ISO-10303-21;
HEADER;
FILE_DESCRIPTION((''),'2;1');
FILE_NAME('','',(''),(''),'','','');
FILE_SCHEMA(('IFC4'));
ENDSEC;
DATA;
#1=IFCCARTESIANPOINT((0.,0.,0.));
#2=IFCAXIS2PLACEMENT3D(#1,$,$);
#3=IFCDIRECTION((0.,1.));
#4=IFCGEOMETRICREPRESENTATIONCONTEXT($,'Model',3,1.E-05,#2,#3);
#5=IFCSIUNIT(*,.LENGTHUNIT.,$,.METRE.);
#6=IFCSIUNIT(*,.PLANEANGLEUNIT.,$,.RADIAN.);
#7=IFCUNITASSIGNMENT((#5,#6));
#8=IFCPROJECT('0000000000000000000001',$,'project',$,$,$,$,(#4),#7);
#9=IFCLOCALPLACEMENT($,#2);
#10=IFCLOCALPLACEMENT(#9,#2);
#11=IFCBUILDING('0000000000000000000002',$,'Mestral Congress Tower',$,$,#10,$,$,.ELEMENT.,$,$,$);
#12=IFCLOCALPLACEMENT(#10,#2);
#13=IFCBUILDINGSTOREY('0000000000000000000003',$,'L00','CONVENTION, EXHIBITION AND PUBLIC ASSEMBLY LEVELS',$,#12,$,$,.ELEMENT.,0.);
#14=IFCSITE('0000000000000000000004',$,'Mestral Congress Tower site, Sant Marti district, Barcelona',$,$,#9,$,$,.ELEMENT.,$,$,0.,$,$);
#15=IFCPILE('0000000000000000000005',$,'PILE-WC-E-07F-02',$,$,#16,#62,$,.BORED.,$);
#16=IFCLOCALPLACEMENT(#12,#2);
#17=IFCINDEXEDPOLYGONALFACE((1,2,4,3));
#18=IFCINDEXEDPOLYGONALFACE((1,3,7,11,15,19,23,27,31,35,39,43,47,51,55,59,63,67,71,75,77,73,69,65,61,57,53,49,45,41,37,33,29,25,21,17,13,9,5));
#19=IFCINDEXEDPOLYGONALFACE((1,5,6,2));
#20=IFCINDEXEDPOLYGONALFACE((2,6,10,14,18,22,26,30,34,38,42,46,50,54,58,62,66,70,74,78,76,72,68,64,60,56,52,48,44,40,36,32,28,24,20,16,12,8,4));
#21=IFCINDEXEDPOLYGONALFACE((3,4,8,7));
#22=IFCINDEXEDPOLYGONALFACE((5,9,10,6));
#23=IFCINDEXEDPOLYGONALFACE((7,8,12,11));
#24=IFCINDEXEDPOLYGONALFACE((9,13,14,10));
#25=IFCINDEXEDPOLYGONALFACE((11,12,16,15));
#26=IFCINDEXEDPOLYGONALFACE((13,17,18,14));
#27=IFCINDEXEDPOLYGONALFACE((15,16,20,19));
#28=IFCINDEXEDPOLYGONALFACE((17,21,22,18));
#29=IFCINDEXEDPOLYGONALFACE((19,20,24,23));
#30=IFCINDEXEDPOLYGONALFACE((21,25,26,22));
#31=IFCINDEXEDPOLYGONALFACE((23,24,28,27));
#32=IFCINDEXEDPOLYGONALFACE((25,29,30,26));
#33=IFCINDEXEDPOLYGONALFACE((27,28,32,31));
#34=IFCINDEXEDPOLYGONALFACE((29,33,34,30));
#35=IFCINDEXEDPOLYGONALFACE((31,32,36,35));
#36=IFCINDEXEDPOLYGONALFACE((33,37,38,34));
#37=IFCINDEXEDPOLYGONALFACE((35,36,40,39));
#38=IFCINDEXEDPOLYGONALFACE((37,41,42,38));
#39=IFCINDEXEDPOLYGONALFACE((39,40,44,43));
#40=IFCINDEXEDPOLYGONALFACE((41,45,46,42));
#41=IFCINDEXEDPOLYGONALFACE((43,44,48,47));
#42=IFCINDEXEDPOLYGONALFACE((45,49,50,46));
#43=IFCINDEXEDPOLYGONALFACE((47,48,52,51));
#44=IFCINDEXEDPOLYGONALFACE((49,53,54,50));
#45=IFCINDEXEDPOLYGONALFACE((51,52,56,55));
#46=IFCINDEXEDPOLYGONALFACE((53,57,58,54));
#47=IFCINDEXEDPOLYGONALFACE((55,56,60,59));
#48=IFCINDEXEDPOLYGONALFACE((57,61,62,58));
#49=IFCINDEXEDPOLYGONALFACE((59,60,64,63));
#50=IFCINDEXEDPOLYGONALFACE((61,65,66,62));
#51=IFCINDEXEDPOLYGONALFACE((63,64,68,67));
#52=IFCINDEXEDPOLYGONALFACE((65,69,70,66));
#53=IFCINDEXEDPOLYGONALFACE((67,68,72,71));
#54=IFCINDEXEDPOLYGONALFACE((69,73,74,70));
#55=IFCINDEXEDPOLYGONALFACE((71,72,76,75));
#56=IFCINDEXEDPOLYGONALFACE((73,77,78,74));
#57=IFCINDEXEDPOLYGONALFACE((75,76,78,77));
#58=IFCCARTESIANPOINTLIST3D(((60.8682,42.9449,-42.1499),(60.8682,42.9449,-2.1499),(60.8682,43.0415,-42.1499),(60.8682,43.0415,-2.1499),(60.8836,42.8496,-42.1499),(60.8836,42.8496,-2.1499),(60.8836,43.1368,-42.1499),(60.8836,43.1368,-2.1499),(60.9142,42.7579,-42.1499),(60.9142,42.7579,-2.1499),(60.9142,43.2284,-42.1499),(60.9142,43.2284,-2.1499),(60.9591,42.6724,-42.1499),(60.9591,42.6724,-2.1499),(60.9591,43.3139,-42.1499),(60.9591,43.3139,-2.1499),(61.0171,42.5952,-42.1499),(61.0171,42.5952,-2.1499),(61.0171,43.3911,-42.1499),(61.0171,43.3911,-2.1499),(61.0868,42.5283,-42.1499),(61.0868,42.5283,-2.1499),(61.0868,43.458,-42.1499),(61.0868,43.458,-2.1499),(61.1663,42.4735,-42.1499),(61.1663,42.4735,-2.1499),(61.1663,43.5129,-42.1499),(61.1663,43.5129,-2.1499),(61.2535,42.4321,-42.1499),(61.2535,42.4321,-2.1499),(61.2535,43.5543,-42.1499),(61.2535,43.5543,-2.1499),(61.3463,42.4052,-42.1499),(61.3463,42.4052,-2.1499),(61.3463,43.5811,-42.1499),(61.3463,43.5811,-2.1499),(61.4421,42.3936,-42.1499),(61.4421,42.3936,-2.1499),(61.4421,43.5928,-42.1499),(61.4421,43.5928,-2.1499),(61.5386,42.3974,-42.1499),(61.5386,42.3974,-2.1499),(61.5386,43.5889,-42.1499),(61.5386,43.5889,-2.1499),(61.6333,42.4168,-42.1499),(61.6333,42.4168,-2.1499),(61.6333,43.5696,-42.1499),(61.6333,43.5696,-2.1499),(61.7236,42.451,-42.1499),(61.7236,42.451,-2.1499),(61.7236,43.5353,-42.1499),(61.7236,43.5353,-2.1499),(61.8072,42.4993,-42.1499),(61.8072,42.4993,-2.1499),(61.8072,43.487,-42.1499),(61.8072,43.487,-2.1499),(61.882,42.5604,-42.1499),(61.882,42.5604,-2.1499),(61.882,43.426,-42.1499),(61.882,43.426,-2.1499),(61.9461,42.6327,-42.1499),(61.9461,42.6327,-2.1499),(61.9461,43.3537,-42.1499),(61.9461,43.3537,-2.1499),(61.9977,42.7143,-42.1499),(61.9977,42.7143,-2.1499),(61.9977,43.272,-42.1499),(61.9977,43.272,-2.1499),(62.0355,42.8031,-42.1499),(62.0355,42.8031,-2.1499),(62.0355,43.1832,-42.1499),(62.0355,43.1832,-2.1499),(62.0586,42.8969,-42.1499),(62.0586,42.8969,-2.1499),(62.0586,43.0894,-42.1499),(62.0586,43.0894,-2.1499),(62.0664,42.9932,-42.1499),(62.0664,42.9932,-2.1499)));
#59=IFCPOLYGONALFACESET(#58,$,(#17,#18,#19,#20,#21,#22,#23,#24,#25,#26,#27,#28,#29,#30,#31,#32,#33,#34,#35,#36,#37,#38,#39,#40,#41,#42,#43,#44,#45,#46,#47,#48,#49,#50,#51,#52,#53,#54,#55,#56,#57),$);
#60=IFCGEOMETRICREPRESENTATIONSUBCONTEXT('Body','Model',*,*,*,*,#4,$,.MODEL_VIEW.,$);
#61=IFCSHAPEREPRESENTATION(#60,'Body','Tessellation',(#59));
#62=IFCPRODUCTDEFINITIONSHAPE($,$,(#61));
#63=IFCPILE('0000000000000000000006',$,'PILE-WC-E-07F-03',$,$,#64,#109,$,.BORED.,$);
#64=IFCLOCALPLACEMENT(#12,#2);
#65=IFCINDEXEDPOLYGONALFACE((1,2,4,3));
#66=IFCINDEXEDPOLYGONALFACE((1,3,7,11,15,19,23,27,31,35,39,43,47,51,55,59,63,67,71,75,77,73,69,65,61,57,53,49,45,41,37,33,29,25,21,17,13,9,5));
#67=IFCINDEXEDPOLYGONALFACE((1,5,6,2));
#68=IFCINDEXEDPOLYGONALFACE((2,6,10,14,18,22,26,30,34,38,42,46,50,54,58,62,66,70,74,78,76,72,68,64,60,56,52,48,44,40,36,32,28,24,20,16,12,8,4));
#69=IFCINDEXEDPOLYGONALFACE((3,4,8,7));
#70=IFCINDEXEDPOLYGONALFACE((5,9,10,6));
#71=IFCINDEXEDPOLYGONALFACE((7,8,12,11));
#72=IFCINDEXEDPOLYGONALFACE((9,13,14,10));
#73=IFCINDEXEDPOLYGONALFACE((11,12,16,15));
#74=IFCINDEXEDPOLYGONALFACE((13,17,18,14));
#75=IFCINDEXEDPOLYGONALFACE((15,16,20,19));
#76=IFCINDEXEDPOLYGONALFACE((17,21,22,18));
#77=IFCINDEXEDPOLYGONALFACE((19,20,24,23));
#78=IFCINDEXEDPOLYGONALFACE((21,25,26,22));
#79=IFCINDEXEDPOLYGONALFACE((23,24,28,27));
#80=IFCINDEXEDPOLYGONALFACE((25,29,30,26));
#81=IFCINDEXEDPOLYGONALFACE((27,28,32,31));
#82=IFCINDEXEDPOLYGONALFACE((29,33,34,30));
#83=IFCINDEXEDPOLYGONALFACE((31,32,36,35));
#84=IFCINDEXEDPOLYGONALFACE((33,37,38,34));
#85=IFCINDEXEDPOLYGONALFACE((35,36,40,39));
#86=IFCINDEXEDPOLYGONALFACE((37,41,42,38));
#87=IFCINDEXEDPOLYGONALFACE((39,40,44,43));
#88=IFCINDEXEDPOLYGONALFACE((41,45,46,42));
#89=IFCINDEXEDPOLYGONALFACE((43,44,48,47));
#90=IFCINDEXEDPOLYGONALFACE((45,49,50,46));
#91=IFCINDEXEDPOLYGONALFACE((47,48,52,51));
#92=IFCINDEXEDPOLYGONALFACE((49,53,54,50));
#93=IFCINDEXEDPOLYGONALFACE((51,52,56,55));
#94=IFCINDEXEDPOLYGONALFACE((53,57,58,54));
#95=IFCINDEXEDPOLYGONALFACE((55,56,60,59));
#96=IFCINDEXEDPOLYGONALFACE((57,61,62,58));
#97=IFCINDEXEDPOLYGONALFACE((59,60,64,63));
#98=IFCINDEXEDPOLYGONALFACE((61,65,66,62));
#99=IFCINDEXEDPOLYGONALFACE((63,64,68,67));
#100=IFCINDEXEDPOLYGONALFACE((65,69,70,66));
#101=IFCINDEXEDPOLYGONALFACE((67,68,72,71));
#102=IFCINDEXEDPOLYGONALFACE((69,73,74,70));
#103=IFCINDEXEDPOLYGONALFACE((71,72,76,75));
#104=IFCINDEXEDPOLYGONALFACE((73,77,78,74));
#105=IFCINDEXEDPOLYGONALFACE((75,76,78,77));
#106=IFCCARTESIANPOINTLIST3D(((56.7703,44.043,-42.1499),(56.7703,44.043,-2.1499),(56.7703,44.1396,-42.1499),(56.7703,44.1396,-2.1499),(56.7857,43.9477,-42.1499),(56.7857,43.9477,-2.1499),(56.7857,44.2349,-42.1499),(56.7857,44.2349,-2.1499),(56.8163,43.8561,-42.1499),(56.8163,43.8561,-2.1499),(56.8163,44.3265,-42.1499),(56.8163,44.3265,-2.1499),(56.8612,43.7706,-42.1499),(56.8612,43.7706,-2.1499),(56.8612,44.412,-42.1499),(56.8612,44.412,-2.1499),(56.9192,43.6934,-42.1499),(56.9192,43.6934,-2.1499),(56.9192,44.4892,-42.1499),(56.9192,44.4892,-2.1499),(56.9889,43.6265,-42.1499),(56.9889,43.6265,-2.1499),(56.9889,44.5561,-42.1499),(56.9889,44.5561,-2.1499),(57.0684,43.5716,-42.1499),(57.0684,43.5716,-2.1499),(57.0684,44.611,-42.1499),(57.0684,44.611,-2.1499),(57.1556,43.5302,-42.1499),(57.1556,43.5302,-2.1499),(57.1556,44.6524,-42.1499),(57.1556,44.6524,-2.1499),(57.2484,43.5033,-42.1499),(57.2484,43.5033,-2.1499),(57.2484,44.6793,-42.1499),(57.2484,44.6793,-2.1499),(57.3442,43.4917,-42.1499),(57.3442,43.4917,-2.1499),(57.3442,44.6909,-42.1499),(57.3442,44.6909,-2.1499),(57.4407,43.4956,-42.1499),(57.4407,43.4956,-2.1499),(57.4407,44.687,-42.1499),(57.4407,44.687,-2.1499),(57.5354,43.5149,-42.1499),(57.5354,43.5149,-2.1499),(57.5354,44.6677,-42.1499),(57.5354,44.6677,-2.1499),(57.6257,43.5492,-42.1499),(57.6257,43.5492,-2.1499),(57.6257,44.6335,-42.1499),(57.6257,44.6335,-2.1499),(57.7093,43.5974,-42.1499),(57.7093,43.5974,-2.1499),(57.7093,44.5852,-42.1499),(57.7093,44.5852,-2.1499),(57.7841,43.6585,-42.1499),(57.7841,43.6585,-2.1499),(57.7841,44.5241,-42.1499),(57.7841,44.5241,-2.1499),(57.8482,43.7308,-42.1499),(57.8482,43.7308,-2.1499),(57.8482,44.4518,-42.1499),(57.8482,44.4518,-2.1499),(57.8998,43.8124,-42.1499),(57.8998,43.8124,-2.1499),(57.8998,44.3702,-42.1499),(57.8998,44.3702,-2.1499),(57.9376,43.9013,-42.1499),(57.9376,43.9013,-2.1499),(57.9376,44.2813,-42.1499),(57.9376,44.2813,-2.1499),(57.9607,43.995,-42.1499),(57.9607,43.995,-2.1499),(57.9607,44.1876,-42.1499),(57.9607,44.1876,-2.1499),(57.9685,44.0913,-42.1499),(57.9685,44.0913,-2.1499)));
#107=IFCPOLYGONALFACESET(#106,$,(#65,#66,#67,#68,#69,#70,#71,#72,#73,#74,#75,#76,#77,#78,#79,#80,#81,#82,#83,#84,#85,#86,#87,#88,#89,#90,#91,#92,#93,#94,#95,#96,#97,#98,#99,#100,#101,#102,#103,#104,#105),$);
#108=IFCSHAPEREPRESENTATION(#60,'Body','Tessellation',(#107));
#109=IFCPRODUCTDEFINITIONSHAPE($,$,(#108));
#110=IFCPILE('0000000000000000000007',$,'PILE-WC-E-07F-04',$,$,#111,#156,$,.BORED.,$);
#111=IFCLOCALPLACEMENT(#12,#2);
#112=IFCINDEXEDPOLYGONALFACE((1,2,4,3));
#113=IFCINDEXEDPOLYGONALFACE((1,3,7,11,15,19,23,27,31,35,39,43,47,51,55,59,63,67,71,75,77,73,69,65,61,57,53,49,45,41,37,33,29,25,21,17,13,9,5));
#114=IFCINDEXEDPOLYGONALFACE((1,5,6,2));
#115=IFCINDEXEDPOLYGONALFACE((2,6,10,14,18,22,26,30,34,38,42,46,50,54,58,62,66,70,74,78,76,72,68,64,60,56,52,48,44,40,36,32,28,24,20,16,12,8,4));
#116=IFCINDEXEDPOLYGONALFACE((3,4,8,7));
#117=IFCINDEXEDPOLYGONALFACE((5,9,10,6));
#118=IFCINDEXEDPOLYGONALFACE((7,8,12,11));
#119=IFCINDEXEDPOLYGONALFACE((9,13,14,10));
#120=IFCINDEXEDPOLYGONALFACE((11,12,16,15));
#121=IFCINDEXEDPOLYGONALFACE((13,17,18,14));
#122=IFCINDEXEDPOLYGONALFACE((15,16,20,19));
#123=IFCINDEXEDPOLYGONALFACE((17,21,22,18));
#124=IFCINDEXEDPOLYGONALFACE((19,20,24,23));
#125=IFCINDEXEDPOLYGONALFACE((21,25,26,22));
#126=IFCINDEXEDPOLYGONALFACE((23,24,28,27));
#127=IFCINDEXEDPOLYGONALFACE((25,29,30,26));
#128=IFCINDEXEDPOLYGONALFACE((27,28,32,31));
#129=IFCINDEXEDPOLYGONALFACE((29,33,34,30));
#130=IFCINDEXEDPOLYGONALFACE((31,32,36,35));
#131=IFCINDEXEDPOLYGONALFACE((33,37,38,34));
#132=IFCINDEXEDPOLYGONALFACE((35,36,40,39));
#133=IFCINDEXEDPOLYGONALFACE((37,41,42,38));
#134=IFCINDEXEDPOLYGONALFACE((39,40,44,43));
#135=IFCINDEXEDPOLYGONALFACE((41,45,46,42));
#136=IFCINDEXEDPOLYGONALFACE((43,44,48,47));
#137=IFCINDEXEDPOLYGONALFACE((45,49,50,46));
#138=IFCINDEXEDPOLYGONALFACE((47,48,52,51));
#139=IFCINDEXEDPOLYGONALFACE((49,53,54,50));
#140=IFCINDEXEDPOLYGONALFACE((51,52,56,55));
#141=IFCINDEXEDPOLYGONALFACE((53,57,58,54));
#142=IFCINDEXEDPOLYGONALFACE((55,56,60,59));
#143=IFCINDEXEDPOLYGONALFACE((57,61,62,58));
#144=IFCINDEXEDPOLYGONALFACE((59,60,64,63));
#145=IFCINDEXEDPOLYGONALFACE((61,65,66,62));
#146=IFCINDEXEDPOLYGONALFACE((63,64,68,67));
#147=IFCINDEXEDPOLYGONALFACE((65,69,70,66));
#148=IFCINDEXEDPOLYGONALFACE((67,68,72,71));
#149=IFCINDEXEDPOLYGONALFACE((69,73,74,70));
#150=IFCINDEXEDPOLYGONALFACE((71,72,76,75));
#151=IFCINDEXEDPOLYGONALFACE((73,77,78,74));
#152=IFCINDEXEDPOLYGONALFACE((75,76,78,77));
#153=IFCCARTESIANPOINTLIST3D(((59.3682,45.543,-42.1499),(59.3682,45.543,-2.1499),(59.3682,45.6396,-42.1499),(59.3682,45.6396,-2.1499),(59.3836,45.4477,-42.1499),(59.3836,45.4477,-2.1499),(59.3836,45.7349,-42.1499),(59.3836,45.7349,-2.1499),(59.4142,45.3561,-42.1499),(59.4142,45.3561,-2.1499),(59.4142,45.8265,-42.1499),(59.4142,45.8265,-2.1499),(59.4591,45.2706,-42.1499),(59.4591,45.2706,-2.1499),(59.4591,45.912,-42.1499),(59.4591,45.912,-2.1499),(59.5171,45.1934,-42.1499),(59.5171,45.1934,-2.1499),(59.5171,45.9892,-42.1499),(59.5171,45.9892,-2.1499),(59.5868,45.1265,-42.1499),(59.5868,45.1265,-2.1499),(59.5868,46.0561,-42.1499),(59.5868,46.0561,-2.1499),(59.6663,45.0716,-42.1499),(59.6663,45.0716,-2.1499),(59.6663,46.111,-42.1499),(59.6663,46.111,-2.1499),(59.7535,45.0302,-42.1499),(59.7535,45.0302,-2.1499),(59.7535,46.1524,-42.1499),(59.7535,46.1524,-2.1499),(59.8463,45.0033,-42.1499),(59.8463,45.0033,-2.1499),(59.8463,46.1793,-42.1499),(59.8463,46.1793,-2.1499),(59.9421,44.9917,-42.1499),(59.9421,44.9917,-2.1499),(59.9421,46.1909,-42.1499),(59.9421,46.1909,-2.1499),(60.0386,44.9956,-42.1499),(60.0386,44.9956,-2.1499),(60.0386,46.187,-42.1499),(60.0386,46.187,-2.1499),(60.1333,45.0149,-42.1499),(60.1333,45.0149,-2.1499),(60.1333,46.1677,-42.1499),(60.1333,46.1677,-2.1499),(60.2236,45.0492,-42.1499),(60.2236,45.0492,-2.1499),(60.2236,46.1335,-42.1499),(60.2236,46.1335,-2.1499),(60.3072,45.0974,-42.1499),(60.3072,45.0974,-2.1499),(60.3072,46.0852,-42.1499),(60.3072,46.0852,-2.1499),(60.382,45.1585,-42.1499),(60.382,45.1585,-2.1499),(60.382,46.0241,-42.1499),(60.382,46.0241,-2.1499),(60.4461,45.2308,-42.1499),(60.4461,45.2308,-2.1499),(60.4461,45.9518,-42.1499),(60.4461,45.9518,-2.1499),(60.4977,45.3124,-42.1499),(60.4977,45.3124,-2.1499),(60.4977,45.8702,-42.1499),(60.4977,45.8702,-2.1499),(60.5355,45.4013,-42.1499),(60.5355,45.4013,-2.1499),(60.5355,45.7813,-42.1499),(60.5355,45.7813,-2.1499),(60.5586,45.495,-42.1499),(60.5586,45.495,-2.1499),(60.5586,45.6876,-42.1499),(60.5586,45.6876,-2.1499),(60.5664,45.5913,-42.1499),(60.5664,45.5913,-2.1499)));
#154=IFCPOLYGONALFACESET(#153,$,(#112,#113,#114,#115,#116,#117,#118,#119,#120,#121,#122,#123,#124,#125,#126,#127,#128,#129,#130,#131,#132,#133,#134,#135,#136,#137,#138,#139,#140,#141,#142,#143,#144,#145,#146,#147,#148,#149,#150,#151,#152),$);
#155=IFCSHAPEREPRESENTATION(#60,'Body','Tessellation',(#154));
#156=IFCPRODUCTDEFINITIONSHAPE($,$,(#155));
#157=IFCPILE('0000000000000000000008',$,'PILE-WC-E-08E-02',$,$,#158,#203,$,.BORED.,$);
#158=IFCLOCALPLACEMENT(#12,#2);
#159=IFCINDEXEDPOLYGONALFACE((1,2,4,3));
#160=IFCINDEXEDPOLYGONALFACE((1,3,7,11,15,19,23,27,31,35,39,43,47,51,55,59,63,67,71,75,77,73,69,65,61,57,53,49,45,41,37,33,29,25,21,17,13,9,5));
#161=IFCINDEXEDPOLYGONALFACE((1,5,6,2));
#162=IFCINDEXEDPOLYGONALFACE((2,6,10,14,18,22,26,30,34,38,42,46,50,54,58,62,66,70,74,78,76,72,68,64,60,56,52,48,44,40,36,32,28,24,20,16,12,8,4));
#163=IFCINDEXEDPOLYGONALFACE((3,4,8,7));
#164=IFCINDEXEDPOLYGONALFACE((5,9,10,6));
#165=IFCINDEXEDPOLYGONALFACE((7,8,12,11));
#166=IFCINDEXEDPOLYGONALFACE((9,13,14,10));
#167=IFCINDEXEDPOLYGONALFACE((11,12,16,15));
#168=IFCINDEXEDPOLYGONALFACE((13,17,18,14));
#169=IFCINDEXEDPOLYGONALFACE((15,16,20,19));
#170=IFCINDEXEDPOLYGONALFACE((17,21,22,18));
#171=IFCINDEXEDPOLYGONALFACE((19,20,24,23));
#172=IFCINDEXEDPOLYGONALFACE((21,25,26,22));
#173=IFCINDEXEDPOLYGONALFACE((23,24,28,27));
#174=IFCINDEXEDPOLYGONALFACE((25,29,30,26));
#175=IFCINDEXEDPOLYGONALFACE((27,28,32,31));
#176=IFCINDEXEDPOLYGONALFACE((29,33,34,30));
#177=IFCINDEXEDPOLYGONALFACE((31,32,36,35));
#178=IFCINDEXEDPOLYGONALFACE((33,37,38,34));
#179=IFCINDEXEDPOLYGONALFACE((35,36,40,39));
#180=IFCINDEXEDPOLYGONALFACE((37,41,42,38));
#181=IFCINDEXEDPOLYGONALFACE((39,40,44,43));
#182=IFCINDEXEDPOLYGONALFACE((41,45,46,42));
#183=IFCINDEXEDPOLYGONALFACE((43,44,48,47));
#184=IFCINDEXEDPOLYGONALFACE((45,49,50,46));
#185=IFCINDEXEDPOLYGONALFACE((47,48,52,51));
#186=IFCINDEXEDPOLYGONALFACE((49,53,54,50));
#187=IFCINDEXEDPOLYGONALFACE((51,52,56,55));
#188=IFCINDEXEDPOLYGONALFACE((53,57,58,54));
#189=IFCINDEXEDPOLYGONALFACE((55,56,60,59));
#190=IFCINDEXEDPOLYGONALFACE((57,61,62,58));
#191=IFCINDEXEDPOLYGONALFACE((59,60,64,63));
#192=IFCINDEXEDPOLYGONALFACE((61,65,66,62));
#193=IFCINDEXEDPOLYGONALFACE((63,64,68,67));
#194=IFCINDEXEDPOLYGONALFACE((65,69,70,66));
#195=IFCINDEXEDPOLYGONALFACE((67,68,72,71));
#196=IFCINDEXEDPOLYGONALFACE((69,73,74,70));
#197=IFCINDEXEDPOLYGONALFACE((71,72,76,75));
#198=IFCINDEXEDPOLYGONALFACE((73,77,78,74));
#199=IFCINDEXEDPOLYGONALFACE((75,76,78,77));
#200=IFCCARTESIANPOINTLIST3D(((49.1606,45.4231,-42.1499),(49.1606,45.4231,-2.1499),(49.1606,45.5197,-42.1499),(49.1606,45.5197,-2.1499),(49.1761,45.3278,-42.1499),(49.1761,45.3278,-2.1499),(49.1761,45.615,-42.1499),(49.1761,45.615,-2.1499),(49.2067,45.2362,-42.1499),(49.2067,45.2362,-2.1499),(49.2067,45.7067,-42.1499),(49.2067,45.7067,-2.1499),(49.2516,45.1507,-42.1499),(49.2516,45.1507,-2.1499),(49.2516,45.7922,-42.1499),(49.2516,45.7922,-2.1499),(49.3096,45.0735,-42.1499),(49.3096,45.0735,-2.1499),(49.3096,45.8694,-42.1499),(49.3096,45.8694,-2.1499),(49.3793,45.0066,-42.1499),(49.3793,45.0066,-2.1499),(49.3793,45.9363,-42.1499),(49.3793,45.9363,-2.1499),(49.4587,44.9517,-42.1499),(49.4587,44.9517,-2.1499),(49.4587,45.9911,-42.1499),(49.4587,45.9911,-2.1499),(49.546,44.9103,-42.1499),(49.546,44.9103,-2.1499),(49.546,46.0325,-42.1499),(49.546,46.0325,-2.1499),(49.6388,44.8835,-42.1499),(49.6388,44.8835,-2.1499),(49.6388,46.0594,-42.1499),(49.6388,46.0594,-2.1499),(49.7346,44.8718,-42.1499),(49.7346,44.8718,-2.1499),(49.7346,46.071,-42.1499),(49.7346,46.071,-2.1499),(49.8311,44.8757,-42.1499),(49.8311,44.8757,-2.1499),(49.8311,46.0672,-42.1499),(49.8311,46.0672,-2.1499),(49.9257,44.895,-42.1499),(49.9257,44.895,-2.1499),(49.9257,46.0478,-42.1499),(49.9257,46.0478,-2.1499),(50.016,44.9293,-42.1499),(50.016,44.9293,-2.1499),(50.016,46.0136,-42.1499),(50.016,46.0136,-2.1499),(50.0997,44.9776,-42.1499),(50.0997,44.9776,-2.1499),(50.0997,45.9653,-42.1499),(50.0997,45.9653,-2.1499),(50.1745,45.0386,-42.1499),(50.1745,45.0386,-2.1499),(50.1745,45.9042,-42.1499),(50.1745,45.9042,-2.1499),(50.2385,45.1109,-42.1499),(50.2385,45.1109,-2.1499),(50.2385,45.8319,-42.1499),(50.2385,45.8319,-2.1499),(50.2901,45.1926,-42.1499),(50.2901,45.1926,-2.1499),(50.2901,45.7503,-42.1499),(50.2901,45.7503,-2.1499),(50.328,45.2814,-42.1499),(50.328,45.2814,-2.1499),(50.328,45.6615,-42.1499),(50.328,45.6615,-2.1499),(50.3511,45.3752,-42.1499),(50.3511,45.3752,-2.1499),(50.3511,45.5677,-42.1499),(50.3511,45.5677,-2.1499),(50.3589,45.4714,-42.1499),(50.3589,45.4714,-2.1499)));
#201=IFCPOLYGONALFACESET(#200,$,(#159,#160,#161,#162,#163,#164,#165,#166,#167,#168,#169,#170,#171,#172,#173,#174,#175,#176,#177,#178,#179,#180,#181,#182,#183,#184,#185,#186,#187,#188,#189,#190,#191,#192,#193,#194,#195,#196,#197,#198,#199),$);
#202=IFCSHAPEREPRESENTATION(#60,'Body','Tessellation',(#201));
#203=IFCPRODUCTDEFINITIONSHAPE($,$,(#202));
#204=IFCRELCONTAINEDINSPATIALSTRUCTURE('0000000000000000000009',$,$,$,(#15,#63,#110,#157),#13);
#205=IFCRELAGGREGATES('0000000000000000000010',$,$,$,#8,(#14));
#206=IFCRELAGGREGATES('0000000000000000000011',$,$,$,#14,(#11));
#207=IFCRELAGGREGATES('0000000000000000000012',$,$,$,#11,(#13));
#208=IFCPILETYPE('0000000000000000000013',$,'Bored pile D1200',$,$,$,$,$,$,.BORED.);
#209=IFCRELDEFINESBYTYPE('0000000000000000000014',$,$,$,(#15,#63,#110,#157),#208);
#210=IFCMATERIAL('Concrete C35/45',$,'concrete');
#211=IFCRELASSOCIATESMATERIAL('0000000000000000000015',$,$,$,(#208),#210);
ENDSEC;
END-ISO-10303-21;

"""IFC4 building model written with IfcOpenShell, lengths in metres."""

from ifc_helpers import new_model, si_unit, direction, frame, origin, origin_2d, place, context, subcontext, project, spatial, circle, extrude, material, material_profile, profile_set, type_object, element, save


model = new_model("IFC4")

# Units and contexts
model_context = context("Model", 3, precision=1e-05, world=origin(), true_north=direction((0.0, 1.0)))
body_context = subcontext(model_context, "Body", "Model", "MODEL_VIEW")
ifc_project = project(units=[si_unit("LENGTHUNIT", "METRE"), si_unit("PLANEANGLEUNIT", "RADIAN")], contexts=[model_context])

# Site, building, storey
site_placement = place(None, origin())
site = spatial("IfcSite", under=ifc_project, at=site_placement, Name="Mestral Congress Tower site, Sant Marti district, Barcelona", CompositionType="ELEMENT", RefElevation=0.0)
building_placement = place(site_placement, origin())
building = spatial("IfcBuilding", under=site, at=building_placement, Name="Mestral Congress Tower", CompositionType="ELEMENT")
storey_placement = place(building_placement, origin())
storey = spatial("IfcBuildingStorey", under=building, at=storey_placement, Name="L00", Description="CONVENTION, EXHIBITION AND PUBLIC ASSEMBLY LEVELS", CompositionType="ELEMENT", Elevation=0.0)

# Piles
ifc_material_1 = material(Name="Concrete C35/45", Category="concrete")
ifc_material_profile_1 = material_profile(ifc_material_1, circle(Radius=0.6001, at=origin_2d()), Name="D1200")
ifc_profile_set_1 = profile_set([ifc_material_profile_1], Name="Concrete C35/45")
pile_type = type_object("IfcPileType", Name="Bored pile D1200", PredefinedType="BORED", material=ifc_profile_set_1)
for number, where, z_axis, x_axis, name in (
    (1, (61.4663, 42.9932, -2.1499), (0.0, 0.0, -1.0), (1.0, 0.0, 0.0), "PILE-WC-E-07F-02"),
    (2, (57.3684, 44.0913, -2.1499), (0.0, 0.0, -1.0), (1.0, 0.0, 0.0), "PILE-WC-E-07F-03"),
    (3, (59.9663, 45.5913, -2.1499), (0.0, 0.0, -1.0), (1.0, 0.0, 0.0), "PILE-WC-E-07F-04"),
    (4, (49.7588, 45.4714, -2.1499), (0.0, 0.0, -1.0), (1.0, 0.0, 0.0), "PILE-WC-E-08E-02"),
):
    element("IfcPile", number, at=place(storey_placement, frame(where, z_axis=z_axis, x_axis=x_axis)), inside=storey, type_object=pile_type, Name=name, PredefinedType="BORED", context=body_context, shape_type="SweptSolid", body=[
        extrude(circle(Radius=0.6001, at=origin_2d()), origin(), (0.0, 0.0, 1.0), 40.0),
    ])

save(model, "model.ifc")
